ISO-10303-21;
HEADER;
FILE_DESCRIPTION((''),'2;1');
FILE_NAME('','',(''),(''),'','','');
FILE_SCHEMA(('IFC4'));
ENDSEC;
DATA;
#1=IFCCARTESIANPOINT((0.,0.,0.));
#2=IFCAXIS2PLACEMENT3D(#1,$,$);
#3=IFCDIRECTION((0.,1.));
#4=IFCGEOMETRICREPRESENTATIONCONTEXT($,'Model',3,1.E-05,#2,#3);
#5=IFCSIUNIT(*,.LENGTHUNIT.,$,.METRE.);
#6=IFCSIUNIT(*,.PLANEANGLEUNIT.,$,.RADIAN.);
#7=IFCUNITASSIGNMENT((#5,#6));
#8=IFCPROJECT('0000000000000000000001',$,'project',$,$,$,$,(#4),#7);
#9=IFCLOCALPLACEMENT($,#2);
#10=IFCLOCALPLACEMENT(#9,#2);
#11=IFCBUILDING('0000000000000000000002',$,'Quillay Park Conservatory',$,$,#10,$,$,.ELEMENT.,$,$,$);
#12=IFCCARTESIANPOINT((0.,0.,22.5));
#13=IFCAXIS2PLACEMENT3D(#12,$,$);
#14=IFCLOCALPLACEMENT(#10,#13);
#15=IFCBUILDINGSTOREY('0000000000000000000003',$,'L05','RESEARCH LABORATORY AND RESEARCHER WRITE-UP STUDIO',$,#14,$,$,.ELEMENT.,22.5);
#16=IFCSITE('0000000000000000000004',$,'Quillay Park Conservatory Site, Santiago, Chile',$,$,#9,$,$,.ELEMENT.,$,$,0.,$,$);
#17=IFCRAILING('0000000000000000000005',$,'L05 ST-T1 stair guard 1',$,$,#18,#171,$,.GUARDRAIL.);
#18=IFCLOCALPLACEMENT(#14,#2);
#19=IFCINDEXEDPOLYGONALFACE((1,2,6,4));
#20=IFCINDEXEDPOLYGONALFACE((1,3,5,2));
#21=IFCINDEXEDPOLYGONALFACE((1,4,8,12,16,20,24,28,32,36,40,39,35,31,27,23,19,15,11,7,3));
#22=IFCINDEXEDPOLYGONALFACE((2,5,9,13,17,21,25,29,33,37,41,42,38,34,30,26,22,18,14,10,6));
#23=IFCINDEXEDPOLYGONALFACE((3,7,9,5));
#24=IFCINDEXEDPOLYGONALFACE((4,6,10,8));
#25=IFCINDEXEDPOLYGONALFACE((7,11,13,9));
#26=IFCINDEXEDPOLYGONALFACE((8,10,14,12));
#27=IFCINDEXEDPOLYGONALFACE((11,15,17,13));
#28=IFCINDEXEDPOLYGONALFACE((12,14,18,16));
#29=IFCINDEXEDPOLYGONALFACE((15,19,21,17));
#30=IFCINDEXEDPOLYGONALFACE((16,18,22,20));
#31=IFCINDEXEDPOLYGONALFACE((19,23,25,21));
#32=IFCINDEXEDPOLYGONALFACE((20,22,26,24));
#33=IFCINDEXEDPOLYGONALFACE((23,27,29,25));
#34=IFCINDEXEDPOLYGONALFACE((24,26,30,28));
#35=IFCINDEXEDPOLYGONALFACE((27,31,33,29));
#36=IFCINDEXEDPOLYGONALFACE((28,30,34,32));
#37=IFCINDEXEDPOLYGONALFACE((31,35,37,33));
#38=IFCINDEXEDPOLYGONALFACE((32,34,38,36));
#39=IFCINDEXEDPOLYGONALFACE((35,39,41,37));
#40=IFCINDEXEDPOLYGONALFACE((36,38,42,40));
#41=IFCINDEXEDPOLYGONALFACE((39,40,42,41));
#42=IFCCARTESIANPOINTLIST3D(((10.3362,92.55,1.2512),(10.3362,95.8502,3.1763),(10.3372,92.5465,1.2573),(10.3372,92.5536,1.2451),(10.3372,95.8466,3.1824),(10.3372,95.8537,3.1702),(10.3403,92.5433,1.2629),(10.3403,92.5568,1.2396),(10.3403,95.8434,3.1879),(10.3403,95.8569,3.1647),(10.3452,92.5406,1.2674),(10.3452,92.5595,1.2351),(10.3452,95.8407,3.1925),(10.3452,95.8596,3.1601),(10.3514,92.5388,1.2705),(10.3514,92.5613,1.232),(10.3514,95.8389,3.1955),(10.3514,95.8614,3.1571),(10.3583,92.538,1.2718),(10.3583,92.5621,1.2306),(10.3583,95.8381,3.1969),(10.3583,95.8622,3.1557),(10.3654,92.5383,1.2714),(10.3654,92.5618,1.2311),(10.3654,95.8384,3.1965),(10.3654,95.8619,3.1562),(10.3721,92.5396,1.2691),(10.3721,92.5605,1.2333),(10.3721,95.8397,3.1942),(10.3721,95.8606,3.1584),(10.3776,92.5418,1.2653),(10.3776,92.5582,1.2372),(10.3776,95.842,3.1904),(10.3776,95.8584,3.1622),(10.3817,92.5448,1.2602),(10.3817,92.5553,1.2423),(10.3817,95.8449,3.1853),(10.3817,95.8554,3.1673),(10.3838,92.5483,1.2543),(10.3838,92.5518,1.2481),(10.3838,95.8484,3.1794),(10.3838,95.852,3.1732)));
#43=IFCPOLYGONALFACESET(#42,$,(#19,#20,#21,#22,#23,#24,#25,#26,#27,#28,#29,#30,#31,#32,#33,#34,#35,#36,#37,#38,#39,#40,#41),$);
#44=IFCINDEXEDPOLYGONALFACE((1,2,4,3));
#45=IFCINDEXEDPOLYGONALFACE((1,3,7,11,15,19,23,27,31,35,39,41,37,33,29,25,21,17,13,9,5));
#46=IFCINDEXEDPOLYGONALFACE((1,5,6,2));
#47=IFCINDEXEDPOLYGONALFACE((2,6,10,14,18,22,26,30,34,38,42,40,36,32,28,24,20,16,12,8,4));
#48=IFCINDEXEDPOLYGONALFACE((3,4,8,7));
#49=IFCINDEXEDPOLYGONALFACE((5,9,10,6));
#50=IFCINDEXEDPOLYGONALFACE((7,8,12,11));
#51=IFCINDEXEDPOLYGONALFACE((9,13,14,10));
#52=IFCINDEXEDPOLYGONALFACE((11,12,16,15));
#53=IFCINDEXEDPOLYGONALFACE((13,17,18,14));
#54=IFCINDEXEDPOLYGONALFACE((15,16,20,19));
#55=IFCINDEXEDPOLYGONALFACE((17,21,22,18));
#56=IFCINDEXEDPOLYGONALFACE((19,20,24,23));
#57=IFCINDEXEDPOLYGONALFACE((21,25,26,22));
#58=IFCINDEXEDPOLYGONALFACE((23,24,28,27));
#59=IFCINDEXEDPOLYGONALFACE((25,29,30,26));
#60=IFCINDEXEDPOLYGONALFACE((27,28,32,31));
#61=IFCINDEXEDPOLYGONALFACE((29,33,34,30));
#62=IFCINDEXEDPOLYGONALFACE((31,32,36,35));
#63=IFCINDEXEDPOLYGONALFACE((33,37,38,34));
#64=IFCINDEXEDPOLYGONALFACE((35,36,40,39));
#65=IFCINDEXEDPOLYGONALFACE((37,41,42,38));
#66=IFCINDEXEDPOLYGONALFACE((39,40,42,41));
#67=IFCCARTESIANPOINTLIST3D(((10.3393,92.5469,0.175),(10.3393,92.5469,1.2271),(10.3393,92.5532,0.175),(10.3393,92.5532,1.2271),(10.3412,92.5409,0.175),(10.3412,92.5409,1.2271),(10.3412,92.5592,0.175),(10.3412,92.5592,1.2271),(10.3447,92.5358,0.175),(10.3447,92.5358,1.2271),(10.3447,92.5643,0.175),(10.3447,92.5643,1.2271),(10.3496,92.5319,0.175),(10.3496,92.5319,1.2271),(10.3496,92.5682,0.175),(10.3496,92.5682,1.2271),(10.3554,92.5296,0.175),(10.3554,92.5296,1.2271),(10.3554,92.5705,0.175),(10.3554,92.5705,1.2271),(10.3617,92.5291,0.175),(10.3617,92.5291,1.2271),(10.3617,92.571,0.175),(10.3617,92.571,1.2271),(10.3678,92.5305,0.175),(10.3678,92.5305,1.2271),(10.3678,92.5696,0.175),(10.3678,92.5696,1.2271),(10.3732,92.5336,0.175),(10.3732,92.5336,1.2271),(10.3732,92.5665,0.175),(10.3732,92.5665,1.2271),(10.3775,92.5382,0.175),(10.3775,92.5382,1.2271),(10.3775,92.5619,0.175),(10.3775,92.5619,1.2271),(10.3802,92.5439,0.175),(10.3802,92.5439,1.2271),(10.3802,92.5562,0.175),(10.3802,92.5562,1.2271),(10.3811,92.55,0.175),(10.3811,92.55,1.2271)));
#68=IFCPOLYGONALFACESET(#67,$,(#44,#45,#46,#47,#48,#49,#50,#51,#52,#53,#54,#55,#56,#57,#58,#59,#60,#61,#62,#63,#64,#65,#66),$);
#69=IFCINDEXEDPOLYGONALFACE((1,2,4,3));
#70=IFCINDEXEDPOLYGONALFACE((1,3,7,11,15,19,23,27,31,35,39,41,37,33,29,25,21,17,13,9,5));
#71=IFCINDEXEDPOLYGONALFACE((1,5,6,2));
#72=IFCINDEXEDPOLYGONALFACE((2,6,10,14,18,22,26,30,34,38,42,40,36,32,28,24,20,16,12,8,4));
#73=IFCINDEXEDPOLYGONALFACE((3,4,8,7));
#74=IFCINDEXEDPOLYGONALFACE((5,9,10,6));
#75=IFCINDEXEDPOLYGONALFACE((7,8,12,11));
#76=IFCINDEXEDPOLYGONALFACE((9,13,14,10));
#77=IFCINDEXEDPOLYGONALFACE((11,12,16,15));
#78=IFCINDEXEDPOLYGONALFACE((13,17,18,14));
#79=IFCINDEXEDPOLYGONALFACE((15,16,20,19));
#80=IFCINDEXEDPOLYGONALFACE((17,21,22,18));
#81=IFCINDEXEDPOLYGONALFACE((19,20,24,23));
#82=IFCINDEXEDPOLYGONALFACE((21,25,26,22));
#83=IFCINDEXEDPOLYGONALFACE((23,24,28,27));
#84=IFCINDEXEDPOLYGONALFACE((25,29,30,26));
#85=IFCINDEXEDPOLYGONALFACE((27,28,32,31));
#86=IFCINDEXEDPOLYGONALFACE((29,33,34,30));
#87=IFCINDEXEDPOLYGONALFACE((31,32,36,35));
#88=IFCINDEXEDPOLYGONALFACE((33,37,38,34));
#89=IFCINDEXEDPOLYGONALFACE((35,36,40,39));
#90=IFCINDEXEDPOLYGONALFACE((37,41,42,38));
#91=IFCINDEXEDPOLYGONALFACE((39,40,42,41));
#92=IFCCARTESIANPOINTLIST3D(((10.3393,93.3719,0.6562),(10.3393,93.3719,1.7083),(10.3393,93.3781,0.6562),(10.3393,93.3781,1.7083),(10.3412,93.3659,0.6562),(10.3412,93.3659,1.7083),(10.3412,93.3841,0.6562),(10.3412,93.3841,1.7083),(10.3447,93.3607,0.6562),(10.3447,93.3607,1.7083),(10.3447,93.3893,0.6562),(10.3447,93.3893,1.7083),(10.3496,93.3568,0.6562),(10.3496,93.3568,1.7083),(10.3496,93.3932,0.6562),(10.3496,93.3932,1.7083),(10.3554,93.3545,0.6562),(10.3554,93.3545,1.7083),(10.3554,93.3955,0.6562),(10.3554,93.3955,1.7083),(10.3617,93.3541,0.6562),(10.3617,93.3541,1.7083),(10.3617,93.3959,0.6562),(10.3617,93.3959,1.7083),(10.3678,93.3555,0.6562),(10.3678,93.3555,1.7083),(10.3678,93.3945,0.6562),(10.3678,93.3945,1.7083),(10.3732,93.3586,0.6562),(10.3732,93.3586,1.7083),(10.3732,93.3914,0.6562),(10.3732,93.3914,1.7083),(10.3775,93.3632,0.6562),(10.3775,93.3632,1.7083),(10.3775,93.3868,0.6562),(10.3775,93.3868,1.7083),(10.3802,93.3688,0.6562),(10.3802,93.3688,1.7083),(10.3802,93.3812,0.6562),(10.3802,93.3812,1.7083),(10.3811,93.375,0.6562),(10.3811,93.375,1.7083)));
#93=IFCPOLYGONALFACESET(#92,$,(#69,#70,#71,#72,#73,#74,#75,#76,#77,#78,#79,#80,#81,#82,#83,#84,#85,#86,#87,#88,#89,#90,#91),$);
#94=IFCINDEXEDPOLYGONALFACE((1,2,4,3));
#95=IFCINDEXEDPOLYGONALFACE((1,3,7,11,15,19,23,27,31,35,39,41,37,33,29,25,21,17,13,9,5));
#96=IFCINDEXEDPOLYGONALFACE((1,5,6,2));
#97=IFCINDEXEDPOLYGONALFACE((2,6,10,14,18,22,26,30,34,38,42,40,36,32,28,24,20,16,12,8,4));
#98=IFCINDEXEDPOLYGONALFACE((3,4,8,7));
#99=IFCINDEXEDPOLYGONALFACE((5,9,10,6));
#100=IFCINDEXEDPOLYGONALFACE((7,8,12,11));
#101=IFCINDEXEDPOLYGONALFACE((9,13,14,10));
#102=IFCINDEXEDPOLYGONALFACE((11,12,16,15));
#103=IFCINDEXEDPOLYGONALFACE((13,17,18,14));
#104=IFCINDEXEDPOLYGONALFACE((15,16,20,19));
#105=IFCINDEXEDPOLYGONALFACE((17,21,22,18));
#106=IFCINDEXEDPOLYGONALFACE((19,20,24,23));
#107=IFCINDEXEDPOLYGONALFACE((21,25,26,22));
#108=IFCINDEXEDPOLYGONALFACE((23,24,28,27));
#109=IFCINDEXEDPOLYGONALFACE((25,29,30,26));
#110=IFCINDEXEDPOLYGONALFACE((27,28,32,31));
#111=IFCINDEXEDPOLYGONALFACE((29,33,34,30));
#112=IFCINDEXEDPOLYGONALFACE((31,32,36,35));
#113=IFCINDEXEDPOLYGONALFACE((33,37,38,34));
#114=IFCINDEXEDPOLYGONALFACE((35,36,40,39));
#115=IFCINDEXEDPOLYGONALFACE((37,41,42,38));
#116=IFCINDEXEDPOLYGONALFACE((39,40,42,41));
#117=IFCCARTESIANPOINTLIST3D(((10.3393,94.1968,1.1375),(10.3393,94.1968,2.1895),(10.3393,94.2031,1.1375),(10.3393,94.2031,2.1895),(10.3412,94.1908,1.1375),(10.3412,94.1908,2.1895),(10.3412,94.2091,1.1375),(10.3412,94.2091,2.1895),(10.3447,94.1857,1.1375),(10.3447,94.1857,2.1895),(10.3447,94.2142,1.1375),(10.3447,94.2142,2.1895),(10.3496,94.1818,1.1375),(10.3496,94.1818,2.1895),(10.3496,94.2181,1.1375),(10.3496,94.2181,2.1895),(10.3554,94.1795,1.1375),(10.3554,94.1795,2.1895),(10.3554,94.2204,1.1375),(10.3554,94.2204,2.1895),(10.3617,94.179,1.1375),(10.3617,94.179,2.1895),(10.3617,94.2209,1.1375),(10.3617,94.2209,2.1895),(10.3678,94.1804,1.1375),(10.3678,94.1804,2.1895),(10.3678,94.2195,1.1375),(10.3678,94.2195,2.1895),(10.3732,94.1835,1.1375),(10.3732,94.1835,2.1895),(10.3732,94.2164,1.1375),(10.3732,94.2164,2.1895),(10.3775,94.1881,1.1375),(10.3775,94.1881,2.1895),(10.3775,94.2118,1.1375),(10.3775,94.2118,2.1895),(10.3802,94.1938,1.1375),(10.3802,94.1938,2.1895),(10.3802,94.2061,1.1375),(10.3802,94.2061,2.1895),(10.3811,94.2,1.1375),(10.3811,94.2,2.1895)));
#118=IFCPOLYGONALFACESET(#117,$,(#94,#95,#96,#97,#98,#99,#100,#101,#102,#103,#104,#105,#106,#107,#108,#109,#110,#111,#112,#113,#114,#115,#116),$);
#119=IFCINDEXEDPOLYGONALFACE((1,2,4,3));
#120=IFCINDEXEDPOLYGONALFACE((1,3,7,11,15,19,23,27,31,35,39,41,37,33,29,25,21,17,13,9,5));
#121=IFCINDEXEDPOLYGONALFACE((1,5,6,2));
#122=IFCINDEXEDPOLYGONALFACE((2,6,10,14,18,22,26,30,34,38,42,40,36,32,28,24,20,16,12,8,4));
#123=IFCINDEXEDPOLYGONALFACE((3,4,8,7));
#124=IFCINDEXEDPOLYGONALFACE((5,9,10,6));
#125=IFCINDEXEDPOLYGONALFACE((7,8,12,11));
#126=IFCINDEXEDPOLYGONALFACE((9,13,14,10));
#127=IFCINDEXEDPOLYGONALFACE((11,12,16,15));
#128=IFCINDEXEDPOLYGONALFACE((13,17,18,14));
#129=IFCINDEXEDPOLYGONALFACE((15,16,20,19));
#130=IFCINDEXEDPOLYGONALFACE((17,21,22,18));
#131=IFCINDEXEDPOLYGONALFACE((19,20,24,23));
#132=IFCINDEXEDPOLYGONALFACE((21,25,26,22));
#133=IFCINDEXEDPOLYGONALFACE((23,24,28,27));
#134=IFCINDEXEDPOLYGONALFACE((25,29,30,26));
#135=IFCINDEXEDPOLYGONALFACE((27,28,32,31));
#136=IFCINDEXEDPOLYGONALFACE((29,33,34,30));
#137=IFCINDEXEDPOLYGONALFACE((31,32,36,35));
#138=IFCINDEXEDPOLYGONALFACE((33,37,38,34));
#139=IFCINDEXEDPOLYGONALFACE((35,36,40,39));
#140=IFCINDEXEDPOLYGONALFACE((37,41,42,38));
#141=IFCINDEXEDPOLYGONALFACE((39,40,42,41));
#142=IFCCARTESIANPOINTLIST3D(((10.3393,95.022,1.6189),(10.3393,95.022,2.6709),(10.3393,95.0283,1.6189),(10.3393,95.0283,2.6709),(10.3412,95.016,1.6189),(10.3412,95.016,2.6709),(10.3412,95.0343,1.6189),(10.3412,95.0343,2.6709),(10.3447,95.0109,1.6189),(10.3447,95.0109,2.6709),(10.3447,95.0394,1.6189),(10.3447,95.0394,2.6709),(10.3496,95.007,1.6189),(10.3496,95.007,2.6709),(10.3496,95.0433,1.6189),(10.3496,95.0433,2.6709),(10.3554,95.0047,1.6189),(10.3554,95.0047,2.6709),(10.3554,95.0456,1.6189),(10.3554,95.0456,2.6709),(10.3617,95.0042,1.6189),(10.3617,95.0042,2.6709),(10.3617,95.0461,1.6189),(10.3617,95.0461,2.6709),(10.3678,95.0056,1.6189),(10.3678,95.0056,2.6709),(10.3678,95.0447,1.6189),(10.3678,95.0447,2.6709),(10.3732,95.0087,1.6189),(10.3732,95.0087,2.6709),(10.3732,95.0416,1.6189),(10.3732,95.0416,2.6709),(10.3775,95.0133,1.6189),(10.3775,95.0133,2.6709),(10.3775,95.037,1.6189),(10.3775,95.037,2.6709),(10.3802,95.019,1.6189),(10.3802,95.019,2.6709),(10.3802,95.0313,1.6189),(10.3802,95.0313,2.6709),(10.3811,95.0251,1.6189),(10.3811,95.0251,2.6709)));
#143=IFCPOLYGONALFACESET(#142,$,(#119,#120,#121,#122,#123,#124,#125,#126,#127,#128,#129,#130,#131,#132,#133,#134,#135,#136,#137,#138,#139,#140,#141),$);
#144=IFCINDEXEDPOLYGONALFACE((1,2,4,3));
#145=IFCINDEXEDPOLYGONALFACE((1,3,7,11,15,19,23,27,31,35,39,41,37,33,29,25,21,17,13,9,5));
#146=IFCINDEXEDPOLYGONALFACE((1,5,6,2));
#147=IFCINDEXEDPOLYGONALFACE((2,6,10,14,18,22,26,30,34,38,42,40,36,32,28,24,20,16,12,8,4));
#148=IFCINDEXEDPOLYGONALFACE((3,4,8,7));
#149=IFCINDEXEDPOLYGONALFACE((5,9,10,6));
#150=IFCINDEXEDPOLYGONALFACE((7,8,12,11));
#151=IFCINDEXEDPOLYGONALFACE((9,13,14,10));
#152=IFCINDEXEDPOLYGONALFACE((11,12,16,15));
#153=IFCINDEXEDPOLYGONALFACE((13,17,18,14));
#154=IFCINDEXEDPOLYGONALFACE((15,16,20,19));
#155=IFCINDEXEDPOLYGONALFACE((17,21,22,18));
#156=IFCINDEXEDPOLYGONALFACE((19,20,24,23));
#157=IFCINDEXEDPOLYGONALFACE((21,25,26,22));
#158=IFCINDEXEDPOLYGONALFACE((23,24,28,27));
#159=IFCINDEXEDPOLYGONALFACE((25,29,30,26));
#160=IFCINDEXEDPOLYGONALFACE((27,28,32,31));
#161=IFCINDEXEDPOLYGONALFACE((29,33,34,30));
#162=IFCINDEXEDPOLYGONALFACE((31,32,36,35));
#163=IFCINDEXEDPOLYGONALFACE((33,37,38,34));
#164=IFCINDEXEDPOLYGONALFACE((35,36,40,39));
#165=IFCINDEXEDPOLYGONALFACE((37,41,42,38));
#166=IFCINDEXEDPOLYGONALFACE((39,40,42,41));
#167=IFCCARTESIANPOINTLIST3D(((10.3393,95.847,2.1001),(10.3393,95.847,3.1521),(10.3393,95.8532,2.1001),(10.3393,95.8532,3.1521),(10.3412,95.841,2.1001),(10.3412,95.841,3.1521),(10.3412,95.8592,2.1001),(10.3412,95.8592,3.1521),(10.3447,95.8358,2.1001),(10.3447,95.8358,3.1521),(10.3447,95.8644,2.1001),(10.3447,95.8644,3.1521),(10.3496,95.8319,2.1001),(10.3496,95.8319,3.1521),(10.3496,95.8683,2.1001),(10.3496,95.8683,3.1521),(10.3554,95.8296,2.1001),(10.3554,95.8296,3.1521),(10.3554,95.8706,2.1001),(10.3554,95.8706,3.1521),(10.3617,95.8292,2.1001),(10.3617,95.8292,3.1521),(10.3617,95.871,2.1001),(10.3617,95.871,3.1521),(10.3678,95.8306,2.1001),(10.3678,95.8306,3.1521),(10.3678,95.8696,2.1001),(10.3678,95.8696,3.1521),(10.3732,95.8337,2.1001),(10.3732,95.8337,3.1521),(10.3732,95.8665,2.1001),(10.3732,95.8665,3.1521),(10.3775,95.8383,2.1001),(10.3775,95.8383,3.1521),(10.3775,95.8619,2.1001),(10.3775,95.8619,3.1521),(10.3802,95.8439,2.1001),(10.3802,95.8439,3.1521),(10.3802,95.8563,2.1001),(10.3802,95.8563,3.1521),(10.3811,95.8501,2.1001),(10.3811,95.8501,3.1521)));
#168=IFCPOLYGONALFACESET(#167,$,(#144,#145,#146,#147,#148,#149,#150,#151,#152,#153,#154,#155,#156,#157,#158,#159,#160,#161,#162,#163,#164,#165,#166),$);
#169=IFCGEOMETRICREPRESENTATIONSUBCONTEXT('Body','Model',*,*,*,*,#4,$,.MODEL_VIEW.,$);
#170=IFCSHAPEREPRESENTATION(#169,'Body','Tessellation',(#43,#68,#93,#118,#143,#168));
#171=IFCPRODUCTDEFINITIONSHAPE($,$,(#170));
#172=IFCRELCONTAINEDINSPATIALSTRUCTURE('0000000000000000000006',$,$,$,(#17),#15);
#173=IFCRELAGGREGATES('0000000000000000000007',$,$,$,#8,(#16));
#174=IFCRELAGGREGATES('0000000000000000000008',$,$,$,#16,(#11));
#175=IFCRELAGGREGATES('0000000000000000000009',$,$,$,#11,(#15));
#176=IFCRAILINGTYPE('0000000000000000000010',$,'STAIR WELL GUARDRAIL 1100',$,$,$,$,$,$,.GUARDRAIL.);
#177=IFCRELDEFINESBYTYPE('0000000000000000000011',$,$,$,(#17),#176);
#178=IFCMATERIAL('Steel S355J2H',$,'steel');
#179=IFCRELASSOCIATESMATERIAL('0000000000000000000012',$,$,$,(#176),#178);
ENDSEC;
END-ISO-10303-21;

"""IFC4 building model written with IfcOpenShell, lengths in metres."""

from ifc_helpers import new_model, si_unit, direction, frame, origin, origin_2d, place, context, subcontext, project, spatial, circle, extrude, material, type_object, element, save


model = new_model("IFC4")

# Units and contexts
model_context = context("Model", 3, precision=1e-05, world=origin(), true_north=direction((0.0, 1.0)))
body_context = subcontext(model_context, "Body", "Model", "MODEL_VIEW")
ifc_project = project(units=[si_unit("LENGTHUNIT", "METRE"), si_unit("PLANEANGLEUNIT", "RADIAN")], contexts=[model_context])

# Site, building, storey
site_placement = place(None, origin())
site = spatial("IfcSite", under=ifc_project, at=site_placement, Name="Quillay Park Conservatory Site, Santiago, Chile", CompositionType="ELEMENT", RefElevation=0.0)
building_placement = place(site_placement, origin())
building = spatial("IfcBuilding", under=site, at=building_placement, Name="Quillay Park Conservatory", CompositionType="ELEMENT")
storey_placement = place(building_placement, frame((0.0, 0.0, 22.5)))
storey = spatial("IfcBuildingStorey", under=building, at=storey_placement, Name="L05", Description="RESEARCH LABORATORY AND RESEARCHER WRITE-UP STUDIO", CompositionType="ELEMENT", Elevation=22.5)

# Railing
ifc_material_1 = material(Name="Steel S355J2H", Category="steel")
railing_type_1 = type_object("IfcRailingType", Name="STAIR WELL GUARDRAIL 1100", PredefinedType="GUARDRAIL", material=ifc_material_1)
railing_1_placement = place(storey_placement, frame((10.3601, 92.55, 0.175)))
element("IfcRailing", 1, at=railing_1_placement, inside=storey, type_object=railing_type_1, Name="L05 ST-T1 stair guard 1", PredefinedType="GUARDRAIL", context=body_context, shape_type="SweptSolid", body=[
    extrude(circle(Radius=0.0239, at=origin_2d()), frame((0.0, 0.0, 1.0762), z_axis=(0.0, 0.863777, 0.503875), x_axis=(-1.0, 0.0, 0.0)), (0.0, 0.0, 1.0), 3.8206),
    extrude(circle(Radius=0.021, at=origin_2d()), origin(), (0.0, 0.0, 1.0), 1.052),
    extrude(circle(Radius=0.021, at=origin_2d()), frame((0.0, 0.825, 0.4812)), (0.0, 0.0, 1.0), 1.052),
    extrude(circle(Radius=0.021, at=origin_2d()), frame((0.0, 1.6499, 0.9624)), (0.0, 0.0, 1.0), 1.052),
    extrude(circle(Radius=0.021, at=origin_2d()), frame((0.0, 2.4751, 1.4438)), (0.0, 0.0, 1.0), 1.052),
    extrude(circle(Radius=0.021, at=origin_2d()), frame((0.0, 3.3, 1.925)), (0.0, 0.0, 1.0), 1.052),
])

save(model, "model.ifc")
